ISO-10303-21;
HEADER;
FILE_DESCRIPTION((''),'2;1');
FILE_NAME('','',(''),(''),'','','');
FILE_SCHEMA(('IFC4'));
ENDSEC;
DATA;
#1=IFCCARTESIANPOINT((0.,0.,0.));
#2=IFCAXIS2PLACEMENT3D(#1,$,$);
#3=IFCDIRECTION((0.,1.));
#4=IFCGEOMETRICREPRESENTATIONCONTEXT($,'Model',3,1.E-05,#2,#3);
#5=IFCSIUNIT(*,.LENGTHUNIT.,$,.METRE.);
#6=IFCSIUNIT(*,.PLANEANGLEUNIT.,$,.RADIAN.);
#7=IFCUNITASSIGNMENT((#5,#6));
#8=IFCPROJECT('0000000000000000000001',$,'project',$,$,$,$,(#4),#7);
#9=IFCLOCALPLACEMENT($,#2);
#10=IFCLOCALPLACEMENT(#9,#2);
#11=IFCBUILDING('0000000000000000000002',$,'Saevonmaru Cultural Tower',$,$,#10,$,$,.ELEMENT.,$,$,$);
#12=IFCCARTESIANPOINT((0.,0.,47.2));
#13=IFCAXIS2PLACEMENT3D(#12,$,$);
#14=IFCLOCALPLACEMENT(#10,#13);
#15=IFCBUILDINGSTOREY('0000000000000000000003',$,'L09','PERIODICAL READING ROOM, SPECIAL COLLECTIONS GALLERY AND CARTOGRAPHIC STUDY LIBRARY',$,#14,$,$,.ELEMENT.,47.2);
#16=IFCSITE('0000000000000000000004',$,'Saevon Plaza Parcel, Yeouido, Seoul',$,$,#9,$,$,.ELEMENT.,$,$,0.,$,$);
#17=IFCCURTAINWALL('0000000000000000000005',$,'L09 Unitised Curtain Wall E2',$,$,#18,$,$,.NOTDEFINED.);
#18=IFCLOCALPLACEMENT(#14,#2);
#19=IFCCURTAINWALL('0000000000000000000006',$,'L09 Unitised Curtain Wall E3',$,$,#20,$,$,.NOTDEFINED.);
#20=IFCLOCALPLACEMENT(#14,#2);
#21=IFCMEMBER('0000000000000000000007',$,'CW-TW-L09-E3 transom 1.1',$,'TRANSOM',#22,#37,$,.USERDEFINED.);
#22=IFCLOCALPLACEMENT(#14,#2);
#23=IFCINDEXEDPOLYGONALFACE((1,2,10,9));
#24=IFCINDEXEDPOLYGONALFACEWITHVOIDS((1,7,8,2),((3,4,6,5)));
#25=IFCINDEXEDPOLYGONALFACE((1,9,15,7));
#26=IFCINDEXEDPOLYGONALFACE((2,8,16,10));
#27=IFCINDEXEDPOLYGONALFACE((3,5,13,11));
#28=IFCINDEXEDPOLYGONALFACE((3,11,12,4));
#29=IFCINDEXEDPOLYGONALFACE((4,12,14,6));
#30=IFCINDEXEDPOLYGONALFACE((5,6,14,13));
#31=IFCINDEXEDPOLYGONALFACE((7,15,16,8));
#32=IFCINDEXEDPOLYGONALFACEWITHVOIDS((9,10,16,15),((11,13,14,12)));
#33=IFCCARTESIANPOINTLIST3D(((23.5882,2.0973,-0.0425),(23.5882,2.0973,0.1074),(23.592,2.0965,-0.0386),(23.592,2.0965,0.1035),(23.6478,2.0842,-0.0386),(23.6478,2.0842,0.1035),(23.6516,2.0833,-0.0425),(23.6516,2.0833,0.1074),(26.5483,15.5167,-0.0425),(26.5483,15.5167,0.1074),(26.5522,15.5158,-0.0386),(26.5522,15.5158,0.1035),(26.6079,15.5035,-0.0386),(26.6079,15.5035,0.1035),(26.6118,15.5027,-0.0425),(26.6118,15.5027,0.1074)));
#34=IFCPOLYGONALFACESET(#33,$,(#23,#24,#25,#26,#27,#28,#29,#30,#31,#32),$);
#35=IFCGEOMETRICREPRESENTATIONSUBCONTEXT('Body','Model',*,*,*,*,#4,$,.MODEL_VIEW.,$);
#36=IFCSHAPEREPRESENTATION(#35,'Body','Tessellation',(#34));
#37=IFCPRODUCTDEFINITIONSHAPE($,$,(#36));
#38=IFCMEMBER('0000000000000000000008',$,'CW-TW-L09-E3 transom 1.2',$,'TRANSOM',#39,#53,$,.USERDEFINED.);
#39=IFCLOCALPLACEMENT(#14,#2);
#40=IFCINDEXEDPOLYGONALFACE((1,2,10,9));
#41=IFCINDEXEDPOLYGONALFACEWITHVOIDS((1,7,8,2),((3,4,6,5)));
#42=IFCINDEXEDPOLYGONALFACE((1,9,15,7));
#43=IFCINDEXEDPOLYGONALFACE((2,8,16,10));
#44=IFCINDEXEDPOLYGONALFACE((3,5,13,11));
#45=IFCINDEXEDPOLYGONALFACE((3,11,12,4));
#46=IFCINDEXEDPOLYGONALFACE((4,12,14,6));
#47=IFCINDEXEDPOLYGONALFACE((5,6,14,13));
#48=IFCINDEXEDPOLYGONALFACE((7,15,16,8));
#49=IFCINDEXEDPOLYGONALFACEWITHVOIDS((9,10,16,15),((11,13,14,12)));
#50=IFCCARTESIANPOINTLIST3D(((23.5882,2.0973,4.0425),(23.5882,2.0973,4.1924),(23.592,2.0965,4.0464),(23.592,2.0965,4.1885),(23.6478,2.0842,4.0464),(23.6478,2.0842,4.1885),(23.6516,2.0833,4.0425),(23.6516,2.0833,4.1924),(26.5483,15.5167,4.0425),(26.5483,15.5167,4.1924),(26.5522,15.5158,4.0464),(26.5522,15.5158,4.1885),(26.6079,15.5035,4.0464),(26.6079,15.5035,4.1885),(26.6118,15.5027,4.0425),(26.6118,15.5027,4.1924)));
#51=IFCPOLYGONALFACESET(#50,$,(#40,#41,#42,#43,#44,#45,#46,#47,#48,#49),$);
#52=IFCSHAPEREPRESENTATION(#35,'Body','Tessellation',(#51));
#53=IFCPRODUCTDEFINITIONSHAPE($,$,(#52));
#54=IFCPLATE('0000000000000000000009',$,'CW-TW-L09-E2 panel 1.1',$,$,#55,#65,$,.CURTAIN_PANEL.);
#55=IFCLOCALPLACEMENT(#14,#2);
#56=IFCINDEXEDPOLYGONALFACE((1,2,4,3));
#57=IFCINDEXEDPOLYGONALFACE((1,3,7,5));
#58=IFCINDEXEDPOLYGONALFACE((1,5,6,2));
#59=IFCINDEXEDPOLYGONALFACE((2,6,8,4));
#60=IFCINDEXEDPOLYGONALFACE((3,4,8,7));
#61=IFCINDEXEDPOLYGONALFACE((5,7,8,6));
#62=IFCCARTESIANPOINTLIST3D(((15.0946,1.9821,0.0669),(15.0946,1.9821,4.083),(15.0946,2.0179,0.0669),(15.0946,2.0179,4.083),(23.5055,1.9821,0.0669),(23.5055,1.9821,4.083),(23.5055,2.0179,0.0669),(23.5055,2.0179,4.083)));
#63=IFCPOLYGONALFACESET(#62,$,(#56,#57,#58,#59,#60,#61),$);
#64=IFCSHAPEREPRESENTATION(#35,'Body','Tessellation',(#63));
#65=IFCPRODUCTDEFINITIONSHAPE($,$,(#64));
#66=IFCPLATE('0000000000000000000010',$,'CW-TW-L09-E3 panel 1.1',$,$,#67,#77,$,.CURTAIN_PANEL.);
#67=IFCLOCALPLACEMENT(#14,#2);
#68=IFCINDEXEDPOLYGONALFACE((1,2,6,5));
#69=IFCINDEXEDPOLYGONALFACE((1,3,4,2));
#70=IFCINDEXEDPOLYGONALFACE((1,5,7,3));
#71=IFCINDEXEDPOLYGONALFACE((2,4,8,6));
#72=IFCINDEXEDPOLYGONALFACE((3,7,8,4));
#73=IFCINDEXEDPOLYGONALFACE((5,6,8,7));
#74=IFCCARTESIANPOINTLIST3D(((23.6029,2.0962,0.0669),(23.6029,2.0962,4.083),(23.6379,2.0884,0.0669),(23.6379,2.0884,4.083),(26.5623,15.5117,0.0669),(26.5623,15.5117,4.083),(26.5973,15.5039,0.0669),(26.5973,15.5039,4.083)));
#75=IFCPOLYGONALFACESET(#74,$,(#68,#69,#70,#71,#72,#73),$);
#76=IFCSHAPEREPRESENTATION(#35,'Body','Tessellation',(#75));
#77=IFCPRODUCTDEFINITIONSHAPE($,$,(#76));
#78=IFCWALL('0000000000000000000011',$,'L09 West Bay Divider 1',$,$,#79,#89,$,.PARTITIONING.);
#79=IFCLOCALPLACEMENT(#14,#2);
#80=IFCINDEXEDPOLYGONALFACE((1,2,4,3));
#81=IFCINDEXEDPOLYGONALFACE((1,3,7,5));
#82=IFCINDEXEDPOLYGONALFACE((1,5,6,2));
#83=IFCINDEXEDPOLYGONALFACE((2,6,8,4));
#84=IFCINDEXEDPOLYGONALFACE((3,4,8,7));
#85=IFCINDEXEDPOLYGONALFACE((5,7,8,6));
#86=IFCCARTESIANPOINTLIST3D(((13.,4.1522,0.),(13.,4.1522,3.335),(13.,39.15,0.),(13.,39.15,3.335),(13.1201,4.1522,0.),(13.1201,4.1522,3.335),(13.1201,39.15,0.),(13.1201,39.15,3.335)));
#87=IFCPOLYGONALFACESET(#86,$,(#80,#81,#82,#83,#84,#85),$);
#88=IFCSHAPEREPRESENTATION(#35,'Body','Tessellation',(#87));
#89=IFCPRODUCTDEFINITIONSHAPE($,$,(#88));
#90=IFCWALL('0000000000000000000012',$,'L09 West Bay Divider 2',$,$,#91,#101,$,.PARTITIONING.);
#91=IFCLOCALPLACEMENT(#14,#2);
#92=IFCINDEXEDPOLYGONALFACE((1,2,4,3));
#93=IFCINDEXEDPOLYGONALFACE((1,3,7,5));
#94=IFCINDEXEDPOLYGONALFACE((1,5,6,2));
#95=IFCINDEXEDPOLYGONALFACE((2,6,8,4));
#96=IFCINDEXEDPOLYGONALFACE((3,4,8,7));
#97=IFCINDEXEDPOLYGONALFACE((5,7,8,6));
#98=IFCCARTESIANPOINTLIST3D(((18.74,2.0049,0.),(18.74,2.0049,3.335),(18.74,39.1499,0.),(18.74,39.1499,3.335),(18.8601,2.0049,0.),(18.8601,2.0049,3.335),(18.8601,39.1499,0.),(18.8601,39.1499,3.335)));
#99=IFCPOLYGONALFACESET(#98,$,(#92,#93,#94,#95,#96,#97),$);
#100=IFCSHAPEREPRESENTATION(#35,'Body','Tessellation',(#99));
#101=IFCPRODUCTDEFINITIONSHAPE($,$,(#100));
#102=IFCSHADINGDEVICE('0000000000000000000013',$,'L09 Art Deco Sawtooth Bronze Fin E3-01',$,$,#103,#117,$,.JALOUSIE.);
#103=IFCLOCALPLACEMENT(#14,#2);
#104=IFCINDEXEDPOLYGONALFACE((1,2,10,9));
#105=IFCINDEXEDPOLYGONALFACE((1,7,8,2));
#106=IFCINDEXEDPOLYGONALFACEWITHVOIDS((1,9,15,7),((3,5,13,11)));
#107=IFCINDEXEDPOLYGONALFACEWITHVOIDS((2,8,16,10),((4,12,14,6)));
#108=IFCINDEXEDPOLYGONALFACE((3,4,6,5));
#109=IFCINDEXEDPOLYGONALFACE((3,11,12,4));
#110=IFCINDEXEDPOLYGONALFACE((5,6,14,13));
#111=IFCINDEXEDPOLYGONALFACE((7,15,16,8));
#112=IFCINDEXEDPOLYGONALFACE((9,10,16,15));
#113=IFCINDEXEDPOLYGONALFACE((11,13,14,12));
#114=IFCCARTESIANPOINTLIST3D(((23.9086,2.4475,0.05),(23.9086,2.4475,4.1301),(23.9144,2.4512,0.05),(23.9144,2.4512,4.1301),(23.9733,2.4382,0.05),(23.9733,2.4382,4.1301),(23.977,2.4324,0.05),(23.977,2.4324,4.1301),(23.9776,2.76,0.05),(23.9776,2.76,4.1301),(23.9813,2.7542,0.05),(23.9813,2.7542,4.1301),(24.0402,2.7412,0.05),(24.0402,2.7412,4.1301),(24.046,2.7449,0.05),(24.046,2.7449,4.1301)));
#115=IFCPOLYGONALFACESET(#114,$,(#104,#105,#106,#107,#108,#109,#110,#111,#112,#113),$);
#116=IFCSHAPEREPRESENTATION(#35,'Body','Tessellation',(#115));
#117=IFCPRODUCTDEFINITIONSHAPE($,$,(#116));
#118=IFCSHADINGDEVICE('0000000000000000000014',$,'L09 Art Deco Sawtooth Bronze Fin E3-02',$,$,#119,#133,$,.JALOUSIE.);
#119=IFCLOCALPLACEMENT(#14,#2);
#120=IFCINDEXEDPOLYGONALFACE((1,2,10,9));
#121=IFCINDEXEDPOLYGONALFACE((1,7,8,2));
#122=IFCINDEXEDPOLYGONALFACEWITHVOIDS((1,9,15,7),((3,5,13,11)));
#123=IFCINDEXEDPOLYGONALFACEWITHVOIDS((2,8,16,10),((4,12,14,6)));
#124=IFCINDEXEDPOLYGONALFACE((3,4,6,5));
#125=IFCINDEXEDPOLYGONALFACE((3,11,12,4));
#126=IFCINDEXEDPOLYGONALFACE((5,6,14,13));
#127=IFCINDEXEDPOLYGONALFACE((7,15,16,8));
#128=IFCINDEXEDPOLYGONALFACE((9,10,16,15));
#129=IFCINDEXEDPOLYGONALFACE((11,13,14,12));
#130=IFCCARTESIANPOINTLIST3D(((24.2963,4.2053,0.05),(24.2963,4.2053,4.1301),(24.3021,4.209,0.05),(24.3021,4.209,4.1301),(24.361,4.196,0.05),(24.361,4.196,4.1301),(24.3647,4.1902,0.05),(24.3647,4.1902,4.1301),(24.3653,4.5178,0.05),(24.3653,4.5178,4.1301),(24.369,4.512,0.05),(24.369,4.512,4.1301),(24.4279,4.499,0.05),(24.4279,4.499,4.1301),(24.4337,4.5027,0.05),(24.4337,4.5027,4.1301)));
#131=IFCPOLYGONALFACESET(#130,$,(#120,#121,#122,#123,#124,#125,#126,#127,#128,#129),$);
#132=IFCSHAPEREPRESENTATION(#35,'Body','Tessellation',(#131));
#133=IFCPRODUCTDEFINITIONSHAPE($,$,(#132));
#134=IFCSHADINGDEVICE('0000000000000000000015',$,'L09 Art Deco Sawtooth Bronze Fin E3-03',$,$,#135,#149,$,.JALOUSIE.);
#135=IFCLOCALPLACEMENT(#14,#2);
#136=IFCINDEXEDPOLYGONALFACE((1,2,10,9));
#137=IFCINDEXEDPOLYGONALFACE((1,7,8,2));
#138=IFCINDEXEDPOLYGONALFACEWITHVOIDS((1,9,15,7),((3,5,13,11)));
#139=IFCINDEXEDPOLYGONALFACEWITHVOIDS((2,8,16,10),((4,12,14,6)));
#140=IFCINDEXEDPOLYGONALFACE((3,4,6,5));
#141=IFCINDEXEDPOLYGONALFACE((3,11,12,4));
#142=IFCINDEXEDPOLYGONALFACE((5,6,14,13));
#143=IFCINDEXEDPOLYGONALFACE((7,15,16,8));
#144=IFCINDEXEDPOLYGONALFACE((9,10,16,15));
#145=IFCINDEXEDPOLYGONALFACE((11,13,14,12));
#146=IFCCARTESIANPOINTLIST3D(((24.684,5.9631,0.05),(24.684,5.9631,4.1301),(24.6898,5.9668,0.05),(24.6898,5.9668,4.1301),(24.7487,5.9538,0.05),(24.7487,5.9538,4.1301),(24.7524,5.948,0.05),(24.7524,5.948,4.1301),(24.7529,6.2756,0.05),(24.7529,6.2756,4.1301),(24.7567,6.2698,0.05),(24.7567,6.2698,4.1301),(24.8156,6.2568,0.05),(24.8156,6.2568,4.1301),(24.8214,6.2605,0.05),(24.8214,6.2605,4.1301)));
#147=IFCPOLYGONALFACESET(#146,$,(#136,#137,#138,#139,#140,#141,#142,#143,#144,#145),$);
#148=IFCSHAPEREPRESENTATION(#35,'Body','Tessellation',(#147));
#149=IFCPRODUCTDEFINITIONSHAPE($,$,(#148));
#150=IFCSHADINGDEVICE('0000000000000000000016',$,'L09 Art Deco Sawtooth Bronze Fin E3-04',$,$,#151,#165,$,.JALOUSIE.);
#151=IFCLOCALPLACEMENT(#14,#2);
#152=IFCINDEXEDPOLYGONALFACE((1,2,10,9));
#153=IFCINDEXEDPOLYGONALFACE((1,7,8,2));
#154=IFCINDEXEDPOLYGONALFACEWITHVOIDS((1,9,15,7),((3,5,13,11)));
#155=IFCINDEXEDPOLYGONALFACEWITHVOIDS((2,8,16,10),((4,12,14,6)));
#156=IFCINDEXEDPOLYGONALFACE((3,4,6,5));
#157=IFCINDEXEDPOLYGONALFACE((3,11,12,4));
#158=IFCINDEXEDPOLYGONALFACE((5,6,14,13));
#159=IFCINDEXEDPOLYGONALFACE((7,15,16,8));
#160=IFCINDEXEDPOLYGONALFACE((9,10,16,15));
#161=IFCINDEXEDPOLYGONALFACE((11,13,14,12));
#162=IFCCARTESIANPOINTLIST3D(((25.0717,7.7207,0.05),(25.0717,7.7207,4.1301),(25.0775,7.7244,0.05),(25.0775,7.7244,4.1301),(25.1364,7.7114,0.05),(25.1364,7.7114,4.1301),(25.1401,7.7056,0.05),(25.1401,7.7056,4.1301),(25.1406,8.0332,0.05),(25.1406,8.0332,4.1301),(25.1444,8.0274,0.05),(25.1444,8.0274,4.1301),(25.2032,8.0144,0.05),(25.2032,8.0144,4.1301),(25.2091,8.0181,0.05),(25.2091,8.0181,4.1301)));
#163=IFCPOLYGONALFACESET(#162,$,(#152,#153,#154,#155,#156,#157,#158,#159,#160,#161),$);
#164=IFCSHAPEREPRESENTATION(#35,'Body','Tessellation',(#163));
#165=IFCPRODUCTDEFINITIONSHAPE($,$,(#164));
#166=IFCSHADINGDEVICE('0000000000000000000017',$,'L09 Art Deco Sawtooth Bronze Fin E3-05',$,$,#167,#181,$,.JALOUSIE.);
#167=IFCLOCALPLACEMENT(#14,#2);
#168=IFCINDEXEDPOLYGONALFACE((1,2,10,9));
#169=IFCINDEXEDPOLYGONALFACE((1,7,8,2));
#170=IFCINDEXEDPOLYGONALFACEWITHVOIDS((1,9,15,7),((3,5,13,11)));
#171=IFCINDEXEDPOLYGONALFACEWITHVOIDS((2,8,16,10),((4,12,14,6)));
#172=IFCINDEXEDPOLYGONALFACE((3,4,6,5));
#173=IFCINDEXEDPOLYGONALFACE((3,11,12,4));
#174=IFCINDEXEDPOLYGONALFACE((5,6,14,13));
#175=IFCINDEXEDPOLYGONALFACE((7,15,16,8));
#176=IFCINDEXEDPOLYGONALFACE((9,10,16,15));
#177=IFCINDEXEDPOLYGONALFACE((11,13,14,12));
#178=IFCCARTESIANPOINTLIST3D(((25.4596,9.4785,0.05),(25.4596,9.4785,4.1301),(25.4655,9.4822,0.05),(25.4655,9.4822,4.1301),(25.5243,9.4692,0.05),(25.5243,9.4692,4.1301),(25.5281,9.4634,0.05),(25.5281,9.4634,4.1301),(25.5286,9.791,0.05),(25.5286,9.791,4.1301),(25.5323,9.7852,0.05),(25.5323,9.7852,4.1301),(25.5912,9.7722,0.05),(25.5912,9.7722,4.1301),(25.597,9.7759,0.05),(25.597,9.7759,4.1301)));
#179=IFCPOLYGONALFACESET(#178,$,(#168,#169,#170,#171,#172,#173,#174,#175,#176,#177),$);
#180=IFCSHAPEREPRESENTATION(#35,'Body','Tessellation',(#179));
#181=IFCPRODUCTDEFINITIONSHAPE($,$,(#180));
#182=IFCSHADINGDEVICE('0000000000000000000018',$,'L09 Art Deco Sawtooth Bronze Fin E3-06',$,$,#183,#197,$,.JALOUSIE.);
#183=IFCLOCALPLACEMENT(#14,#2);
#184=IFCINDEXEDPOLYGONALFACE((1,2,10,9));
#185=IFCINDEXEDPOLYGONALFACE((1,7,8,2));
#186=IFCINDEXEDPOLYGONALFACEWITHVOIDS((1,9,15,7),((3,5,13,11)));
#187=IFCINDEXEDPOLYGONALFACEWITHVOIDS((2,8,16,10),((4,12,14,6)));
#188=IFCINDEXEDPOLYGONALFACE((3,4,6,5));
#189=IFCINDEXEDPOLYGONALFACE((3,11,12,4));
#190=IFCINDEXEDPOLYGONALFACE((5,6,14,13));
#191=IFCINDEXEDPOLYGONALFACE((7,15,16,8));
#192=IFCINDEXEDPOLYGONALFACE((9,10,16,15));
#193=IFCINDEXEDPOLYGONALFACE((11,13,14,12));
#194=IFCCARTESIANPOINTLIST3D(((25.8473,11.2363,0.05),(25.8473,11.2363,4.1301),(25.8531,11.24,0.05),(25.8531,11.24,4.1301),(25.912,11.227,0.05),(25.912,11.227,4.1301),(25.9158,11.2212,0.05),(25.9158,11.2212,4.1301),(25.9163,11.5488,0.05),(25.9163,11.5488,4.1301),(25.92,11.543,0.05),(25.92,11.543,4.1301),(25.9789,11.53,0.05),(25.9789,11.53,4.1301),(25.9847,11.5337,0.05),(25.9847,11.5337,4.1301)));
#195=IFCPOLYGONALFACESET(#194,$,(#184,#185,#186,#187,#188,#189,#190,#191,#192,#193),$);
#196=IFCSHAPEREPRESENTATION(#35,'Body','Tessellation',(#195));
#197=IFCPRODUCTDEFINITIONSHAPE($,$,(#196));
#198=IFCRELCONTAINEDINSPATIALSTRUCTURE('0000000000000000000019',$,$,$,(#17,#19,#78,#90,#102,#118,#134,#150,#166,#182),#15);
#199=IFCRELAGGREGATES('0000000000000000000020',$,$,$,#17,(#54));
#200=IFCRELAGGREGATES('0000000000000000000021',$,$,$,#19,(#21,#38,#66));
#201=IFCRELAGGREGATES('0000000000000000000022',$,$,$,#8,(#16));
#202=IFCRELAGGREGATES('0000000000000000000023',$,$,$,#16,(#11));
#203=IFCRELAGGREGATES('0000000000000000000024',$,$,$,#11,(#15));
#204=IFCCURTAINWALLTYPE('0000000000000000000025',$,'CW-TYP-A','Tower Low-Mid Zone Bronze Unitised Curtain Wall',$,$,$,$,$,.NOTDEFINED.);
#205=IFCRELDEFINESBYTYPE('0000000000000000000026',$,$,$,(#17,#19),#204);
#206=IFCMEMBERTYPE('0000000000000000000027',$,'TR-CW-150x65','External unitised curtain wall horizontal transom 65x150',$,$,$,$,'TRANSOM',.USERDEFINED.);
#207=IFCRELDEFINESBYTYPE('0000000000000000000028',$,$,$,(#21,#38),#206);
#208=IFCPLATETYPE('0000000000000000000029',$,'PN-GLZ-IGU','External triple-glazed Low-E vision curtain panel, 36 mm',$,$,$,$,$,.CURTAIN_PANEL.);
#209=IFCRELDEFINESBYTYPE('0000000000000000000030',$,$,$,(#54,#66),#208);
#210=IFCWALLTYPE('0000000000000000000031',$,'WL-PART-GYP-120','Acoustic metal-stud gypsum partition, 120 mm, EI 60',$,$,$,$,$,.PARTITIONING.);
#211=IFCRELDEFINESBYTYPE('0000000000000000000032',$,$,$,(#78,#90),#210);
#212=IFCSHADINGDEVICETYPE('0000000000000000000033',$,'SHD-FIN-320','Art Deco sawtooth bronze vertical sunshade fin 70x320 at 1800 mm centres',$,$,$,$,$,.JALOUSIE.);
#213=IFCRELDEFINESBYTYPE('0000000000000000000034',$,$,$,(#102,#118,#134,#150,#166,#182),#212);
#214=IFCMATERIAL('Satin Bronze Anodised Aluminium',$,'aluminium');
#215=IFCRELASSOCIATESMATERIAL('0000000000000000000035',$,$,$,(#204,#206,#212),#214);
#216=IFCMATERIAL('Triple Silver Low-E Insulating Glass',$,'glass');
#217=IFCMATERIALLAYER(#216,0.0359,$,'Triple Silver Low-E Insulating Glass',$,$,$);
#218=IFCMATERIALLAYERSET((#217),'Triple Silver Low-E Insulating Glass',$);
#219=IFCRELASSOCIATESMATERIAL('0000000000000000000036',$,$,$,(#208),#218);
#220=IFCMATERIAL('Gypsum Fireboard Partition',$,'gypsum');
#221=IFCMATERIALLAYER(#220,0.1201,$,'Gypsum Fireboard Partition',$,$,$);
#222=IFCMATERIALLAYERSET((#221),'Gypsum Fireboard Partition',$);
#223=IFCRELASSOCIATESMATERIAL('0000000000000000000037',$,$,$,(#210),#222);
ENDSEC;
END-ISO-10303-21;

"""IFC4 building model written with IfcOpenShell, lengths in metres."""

from ifc_helpers import new_model, si_unit, direction, frame, frame_2d, origin, origin_2d, place, context, subcontext, project, spatial, rectangle, hollow_rectangle, extrude, material, layer, layer_set, material_profile, profile_set, type_object, element, aggregate, save


model = new_model("IFC4")

# Units and contexts
model_context = context("Model", 3, precision=1e-05, world=origin(), true_north=direction((0.0, 1.0)))
body_context = subcontext(model_context, "Body", "Model", "MODEL_VIEW")
ifc_project = project(units=[si_unit("LENGTHUNIT", "METRE"), si_unit("PLANEANGLEUNIT", "RADIAN")], contexts=[model_context])

# Site, building, storey
site_placement = place(None, origin())
site = spatial("IfcSite", under=ifc_project, at=site_placement, Name="Saevon Plaza Parcel, Yeouido, Seoul", CompositionType="ELEMENT", RefElevation=0.0)
building_placement = place(site_placement, origin())
building = spatial("IfcBuilding", under=site, at=building_placement, Name="Saevonmaru Cultural Tower", CompositionType="ELEMENT")
storey_placement = place(building_placement, frame((0.0, 0.0, 47.2)))
storey = spatial("IfcBuildingStorey", under=building, at=storey_placement, Name="L09", Description="PERIODICAL READING ROOM, SPECIAL COLLECTIONS GALLERY AND CARTOGRAPHIC STUDY LIBRARY", CompositionType="ELEMENT", Elevation=47.2)

# Curtain wall
ifc_material_1 = material(Name="Satin Bronze Anodised Aluminium", Category="aluminium")
curtain_wall_type = type_object("IfcCurtainWallType", Name="CW-TYP-A", Description="Tower Low-Mid Zone Bronze Unitised Curtain Wall", PredefinedType="NOTDEFINED", material=ifc_material_1)
curtain_wall_1_placement = place(storey_placement, origin())
curtain_wall_1 = element("IfcCurtainWall", 1, at=curtain_wall_1_placement, inside=storey, type_object=curtain_wall_type, Name="L09 Unitised Curtain Wall E2", PredefinedType="NOTDEFINED")

# Curtain wall
curtain_wall_2_placement = place(storey_placement, origin())
curtain_wall_2 = element("IfcCurtainWall", 2, at=curtain_wall_2_placement, inside=storey, type_object=curtain_wall_type, Name="L09 Unitised Curtain Wall E3", PredefinedType="NOTDEFINED")

# Members
ifc_material_profile_1 = material_profile(ifc_material_1, hollow_rectangle(XDim=0.0649, YDim=0.1499, WallThickness=0.0039, at=origin_2d()), Name="ALU-TRAN-150x65x4")
ifc_profile_set_1 = profile_set([ifc_material_profile_1], Name="Satin Bronze Anodised Aluminium")
member_type_1 = type_object("IfcMemberType", Name="TR-CW-150x65", Description="External unitised curtain wall horizontal transom 65x150", ElementType="TRANSOM", PredefinedType="USERDEFINED", material=ifc_profile_set_1)
member_1_placement = place(storey_placement, frame((23.6199, 2.0903, 0.0325), z_axis=(0.215412, 0.976523, 0.0), x_axis=(-0.976523, 0.215412, 0.0)))
member_1 = element("IfcMember", 3, at=member_1_placement, type_object=member_type_1, Name="CW-TW-L09-E3 transom 1.1", ObjectType="TRANSOM", PredefinedType="USERDEFINED", context=body_context, shape_type="SweptSolid", body=[
    extrude(hollow_rectangle(XDim=0.0649, YDim=0.1499, WallThickness=0.0039, at=origin_2d()), origin(), (0.0, 0.0, 1.0), 13.7419),
])
member_2_placement = place(storey_placement, frame((23.6199, 2.0903, 4.1174), z_axis=(0.215412, 0.976523, 0.0), x_axis=(-0.976523, 0.215412, 0.0)))
member_2 = element("IfcMember", 4, at=member_2_placement, type_object=member_type_1, Name="CW-TW-L09-E3 transom 1.2", ObjectType="TRANSOM", PredefinedType="USERDEFINED", context=body_context, shape_type="SweptSolid", body=[
    extrude(hollow_rectangle(XDim=0.0649, YDim=0.1499, WallThickness=0.0039, at=origin_2d()), origin(), (0.0, 0.0, 1.0), 13.7419),
])

# Plates
ifc_material_2 = material(Name="Triple Silver Low-E Insulating Glass", Category="glass")
ifc_layer_1 = layer(ifc_material_2, 0.0359, Name="Triple Silver Low-E Insulating Glass")
ifc_layer_set_1 = layer_set([ifc_layer_1], Name="Triple Silver Low-E Insulating Glass")
plate_type = type_object("IfcPlateType", Name="PN-GLZ-IGU", Description="External triple-glazed Low-E vision curtain panel, 36 mm", PredefinedType="CURTAIN_PANEL", material=ifc_layer_set_1)
plate_1_placement = place(storey_placement, frame((19.3, 2.0, 0.0669), z_axis=(0.0, 0.0, 1.0), x_axis=(1.0, 0.0, 0.0)))
plate_1 = element("IfcPlate", 5, at=plate_1_placement, type_object=plate_type, Name="CW-TW-L09-E2 panel 1.1", PredefinedType="CURTAIN_PANEL", context=body_context, shape_type="SweptSolid", body=[
    extrude(rectangle(XDim=8.4109, YDim=0.0359, at=origin_2d()), origin(), (0.0, 0.0, 1.0), 4.0161),
])
aggregate(curtain_wall_1, [plate_1])
plate_2_placement = place(storey_placement, frame((25.1001, 8.8, 0.0669), z_axis=(0.0, 0.0, 1.0), x_axis=(0.215413, 0.976523, 0.0)))
plate_2 = element("IfcPlate", 6, at=plate_2_placement, type_object=plate_type, Name="CW-TW-L09-E3 panel 1.1", PredefinedType="CURTAIN_PANEL", context=body_context, shape_type="SweptSolid", body=[
    extrude(rectangle(XDim=13.738, YDim=0.0359, at=origin_2d()), origin(), (0.0, 0.0, 1.0), 4.0161),
])
aggregate(curtain_wall_2, [member_1, member_2, plate_2])

# Walls
ifc_material_3 = material(Name="Gypsum Fireboard Partition", Category="gypsum")
ifc_layer_2 = layer(ifc_material_3, 0.1201, Name="Gypsum Fireboard Partition")
ifc_layer_set_2 = layer_set([ifc_layer_2], Name="Gypsum Fireboard Partition")
wall_type = type_object("IfcWallType", Name="WL-PART-GYP-120", Description="Acoustic metal-stud gypsum partition, 120 mm, EI 60", PredefinedType="PARTITIONING", material=ifc_layer_set_2)
wall_1_placement = place(storey_placement, frame((13.0601, 4.1521, 0.0), z_axis=(0.0, 0.0, 1.0), x_axis=(0.0, 1.0, 0.0)))
element("IfcWall", 7, at=wall_1_placement, inside=storey, type_object=wall_type, Name="L09 West Bay Divider 1", PredefinedType="PARTITIONING", context=body_context, shape_type="SweptSolid", body=[
    extrude(rectangle(XDim=34.9978, YDim=0.1201, at=frame_2d((17.499, 0.0))), origin(), (0.0, 0.0, 1.0), 3.335),
])
wall_2_placement = place(storey_placement, frame((18.8, 2.0049, 0.0), z_axis=(0.0, 0.0, 1.0), x_axis=(0.0, 1.0, 0.0)))
element("IfcWall", 8, at=wall_2_placement, inside=storey, type_object=wall_type, Name="L09 West Bay Divider 2", PredefinedType="PARTITIONING", context=body_context, shape_type="SweptSolid", body=[
    extrude(rectangle(XDim=37.145, YDim=0.1201, at=frame_2d((18.5725, 0.0))), origin(), (0.0, 0.0, 1.0), 3.335),
])

# Shading devices
ifc_material_profile_2 = material_profile(ifc_material_1, hollow_rectangle(XDim=0.0701, YDim=0.3201, WallThickness=0.0049, at=origin_2d()), Name="FIN-320x70")
ifc_profile_set_2 = profile_set([ifc_material_profile_2], Name="Satin Bronze Anodised Aluminium")
shading_device_type = type_object("IfcShadingDeviceType", Name="SHD-FIN-320", Description="Art Deco sawtooth bronze vertical sunshade fin 70x320 at 1800 mm centres", PredefinedType="JALOUSIE", material=ifc_profile_set_2)
for number, where, z_axis, x_axis, name in (
    (9, (23.9773, 2.5962, 0.05), (0.0, 0.0, 1.0), (0.976522, -0.215417, 0.0), "L09 Art Deco Sawtooth Bronze Fin E3-01"),
    (10, (24.365, 4.354, 0.05), (0.0, 0.0, 1.0), (0.976522, -0.215417, 0.0), "L09 Art Deco Sawtooth Bronze Fin E3-02"),
    (11, (24.7527, 6.1118, 0.05), (0.0, 0.0, 1.0), (0.976522, -0.215417, 0.0), "L09 Art Deco Sawtooth Bronze Fin E3-03"),
    (12, (25.1404, 7.8694, 0.05), (0.0, 0.0, 1.0), (0.976522, -0.215417, 0.0), "L09 Art Deco Sawtooth Bronze Fin E3-04"),
    (13, (25.5283, 9.6272, 0.05), (0.0, 0.0, 1.0), (0.976522, -0.215417, 0.0), "L09 Art Deco Sawtooth Bronze Fin E3-05"),
    (14, (25.916, 11.385, 0.05), (0.0, 0.0, 1.0), (0.976522, -0.215417, 0.0), "L09 Art Deco Sawtooth Bronze Fin E3-06"),
):
    element("IfcShadingDevice", number, at=place(storey_placement, frame(where, z_axis=z_axis, x_axis=x_axis)), inside=storey, type_object=shading_device_type, Name=name, PredefinedType="JALOUSIE", context=body_context, shape_type="SweptSolid", body=[
        extrude(hollow_rectangle(XDim=0.0701, YDim=0.3201, WallThickness=0.0049, at=origin_2d()), origin(), (0.0, 0.0, 1.0), 4.0801),
    ])

save(model, "model.ifc")
